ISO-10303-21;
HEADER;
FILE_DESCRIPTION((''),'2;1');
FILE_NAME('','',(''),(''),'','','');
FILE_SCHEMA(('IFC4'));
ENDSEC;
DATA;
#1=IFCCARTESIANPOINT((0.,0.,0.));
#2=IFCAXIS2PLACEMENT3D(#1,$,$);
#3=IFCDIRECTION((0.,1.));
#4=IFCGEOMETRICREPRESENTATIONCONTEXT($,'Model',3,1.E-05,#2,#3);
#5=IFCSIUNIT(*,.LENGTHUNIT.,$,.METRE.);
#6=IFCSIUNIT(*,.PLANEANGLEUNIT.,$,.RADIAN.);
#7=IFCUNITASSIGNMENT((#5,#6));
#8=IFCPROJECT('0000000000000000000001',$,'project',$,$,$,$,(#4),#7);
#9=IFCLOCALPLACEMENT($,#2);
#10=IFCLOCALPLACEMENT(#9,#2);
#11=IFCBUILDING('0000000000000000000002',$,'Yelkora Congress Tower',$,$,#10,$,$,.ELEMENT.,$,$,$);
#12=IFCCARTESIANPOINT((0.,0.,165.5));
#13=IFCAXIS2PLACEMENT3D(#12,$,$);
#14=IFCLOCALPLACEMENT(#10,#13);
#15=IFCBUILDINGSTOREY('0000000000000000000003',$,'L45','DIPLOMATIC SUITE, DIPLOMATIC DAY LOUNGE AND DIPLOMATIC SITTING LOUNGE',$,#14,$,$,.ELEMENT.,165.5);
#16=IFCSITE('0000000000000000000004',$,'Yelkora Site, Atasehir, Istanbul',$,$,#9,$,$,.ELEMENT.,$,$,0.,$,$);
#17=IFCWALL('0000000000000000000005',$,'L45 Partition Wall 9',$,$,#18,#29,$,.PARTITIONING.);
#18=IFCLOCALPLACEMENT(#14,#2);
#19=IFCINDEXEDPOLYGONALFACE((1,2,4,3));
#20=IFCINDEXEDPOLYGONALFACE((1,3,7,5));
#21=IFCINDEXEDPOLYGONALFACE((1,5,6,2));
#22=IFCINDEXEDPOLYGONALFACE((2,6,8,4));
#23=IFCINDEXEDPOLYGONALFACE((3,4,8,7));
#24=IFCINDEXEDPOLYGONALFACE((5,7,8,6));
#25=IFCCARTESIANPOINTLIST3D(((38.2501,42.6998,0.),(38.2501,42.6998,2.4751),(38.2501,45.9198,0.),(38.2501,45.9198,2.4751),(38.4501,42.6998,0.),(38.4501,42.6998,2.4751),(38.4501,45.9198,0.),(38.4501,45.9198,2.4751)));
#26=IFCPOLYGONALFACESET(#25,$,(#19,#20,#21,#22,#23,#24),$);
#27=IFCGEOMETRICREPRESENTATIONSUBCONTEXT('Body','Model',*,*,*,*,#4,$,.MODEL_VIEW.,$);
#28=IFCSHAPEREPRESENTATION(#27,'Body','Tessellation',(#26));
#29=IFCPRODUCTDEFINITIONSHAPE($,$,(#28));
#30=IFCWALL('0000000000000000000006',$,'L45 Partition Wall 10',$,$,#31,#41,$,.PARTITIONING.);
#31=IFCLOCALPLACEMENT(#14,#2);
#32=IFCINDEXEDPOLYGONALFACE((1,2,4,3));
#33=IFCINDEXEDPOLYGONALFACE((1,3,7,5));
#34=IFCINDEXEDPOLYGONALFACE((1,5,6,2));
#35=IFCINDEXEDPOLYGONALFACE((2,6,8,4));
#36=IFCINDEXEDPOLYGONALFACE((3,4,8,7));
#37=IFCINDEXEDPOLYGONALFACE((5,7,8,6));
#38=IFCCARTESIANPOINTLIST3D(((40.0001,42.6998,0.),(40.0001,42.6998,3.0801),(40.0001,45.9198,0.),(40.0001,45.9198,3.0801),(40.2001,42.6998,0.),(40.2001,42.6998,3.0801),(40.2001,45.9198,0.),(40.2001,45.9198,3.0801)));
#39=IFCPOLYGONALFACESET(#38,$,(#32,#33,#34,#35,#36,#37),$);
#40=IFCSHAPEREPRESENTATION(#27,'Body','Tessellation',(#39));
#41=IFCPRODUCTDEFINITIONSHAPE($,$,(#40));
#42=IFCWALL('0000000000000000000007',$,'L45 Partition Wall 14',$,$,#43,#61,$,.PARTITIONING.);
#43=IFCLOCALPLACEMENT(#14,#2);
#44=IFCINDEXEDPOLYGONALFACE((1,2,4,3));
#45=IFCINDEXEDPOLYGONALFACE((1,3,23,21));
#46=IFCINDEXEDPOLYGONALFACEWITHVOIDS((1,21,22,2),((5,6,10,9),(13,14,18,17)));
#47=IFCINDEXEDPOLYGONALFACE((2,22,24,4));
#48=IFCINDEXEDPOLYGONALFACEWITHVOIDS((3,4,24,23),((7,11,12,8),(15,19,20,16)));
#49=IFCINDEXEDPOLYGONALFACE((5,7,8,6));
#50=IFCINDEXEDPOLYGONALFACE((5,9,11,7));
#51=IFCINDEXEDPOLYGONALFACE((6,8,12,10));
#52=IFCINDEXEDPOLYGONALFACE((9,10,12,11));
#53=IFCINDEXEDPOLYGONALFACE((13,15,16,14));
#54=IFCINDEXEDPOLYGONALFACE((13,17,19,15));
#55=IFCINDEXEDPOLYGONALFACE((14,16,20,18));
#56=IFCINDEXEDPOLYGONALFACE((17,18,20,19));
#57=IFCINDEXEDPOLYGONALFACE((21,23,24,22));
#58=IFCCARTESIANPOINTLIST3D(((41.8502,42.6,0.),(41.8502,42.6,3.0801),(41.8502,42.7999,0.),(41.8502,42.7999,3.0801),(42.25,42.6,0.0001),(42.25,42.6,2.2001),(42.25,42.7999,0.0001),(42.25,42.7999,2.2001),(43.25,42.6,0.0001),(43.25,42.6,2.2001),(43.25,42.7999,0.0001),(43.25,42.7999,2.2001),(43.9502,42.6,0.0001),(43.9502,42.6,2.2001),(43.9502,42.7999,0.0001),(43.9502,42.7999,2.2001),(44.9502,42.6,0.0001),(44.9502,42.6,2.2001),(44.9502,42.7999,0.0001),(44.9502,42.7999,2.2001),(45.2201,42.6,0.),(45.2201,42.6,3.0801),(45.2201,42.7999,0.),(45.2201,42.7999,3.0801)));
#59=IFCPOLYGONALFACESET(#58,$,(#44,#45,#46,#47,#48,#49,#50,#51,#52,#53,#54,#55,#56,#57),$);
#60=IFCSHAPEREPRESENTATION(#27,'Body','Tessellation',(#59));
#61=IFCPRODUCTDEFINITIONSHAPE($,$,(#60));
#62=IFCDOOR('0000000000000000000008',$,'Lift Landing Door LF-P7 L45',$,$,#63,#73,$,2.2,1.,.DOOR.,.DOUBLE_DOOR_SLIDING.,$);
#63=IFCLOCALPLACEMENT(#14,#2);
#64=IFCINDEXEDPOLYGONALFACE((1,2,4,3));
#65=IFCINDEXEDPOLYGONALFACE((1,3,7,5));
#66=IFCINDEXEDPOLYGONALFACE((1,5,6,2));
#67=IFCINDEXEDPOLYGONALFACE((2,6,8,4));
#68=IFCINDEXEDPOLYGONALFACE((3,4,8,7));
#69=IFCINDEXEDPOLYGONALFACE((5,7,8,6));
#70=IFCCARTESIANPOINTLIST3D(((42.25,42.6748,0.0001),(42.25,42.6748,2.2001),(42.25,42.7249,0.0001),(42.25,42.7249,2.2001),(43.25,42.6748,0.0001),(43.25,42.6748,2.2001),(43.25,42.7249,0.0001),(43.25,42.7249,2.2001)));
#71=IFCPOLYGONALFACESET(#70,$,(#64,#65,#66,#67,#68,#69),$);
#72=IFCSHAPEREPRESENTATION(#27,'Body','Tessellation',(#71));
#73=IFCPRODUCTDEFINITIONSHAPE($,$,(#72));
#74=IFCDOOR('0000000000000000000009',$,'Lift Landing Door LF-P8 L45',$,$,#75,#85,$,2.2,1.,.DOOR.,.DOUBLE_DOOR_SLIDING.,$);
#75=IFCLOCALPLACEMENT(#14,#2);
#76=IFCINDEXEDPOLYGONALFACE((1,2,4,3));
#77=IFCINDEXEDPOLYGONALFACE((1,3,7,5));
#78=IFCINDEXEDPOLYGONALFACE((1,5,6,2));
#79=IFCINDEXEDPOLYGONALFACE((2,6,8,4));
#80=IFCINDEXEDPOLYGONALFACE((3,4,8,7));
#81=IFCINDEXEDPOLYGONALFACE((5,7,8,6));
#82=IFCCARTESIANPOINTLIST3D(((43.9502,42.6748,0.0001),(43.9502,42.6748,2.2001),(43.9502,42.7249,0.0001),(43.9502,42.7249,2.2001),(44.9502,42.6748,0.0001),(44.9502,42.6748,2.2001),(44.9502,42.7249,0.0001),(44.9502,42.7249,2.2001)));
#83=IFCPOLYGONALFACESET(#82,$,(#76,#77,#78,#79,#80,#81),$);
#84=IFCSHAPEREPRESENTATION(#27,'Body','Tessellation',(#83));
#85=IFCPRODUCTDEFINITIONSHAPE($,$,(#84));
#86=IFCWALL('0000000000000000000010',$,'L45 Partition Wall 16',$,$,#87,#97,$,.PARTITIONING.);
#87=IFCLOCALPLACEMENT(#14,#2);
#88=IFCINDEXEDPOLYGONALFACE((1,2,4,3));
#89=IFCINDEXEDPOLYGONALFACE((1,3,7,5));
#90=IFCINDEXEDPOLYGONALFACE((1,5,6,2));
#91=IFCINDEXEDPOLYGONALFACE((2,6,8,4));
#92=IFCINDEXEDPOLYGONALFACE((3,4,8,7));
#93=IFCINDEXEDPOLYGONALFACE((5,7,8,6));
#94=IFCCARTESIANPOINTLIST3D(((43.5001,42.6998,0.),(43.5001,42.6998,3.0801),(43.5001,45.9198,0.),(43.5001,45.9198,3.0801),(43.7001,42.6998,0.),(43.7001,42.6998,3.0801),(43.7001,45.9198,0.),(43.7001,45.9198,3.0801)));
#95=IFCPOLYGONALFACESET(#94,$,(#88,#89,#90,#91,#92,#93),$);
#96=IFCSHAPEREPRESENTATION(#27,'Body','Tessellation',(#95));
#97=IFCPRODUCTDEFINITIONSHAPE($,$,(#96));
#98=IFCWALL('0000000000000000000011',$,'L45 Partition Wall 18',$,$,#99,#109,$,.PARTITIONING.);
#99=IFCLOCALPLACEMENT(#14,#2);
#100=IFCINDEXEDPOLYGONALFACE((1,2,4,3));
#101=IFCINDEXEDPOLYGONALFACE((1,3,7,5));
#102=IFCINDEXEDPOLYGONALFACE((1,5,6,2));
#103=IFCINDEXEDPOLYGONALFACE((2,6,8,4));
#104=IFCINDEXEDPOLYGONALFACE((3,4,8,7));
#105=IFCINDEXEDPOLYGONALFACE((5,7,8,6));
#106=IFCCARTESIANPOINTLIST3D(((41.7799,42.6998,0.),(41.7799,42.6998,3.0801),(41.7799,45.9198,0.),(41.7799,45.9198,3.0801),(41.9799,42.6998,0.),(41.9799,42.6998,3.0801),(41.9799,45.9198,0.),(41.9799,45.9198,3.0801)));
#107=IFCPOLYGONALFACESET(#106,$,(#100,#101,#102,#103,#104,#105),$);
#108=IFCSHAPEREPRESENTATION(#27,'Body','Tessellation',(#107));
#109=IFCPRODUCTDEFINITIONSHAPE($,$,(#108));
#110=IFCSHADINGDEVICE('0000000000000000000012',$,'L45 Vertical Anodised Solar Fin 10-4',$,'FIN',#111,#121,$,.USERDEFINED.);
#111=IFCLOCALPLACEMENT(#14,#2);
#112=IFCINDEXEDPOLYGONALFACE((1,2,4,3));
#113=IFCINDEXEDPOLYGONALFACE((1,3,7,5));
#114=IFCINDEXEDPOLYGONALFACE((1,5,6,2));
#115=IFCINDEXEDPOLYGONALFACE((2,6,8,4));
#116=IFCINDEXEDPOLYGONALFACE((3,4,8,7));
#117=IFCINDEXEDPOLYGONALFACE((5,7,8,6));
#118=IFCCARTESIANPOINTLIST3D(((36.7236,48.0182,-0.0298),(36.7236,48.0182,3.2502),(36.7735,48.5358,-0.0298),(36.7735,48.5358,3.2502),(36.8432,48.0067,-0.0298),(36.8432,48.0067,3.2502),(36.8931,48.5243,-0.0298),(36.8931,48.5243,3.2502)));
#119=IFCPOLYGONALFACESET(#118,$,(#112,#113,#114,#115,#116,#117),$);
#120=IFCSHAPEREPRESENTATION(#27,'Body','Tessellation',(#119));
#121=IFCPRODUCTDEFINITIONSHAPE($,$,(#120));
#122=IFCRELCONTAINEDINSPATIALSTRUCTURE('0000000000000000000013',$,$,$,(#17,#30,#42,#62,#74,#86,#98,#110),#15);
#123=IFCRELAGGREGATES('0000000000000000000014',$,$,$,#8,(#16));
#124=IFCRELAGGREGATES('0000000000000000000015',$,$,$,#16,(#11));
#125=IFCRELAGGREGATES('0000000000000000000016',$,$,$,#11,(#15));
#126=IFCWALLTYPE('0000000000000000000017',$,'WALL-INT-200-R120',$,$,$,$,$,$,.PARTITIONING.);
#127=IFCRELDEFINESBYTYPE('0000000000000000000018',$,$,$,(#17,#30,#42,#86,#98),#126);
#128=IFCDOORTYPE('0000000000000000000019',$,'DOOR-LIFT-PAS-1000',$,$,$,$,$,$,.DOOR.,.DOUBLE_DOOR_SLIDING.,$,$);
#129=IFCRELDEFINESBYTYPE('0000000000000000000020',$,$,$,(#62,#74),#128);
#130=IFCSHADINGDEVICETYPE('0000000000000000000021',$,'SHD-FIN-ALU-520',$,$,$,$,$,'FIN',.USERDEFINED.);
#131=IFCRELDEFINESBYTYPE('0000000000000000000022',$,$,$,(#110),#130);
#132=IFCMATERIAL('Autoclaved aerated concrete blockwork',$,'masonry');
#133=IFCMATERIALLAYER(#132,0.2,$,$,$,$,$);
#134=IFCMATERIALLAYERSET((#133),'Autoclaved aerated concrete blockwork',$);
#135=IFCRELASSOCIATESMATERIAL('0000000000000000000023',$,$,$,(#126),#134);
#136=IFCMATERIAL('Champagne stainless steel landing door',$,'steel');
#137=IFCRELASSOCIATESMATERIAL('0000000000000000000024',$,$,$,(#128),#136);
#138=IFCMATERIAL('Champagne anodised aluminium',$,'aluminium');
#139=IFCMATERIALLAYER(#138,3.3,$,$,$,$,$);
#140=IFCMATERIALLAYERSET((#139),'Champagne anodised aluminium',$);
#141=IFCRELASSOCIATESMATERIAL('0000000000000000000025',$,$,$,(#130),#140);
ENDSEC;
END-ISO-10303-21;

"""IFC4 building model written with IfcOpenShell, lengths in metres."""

from ifc_helpers import new_model, si_unit, direction, frame, frame_2d, origin, origin_2d, place, context, subcontext, project, spatial, rectangle, extrude, material, layer, layer_set, type_object, element, fill, save


model = new_model("IFC4")

# Units and contexts
model_context = context("Model", 3, precision=1e-05, world=origin(), true_north=direction((0.0, 1.0)))
body_context = subcontext(model_context, "Body", "Model", "MODEL_VIEW")
ifc_project = project(units=[si_unit("LENGTHUNIT", "METRE"), si_unit("PLANEANGLEUNIT", "RADIAN")], contexts=[model_context])

# Site, building, storey
site_placement = place(None, origin())
site = spatial("IfcSite", under=ifc_project, at=site_placement, Name="Yelkora Site, Atasehir, Istanbul", CompositionType="ELEMENT", RefElevation=0.0)
building_placement = place(site_placement, origin())
building = spatial("IfcBuilding", under=site, at=building_placement, Name="Yelkora Congress Tower", CompositionType="ELEMENT")
storey_placement = place(building_placement, frame((0.0, 0.0, 165.5)))
storey = spatial("IfcBuildingStorey", under=building, at=storey_placement, Name="L45", Description="DIPLOMATIC SUITE, DIPLOMATIC DAY LOUNGE AND DIPLOMATIC SITTING LOUNGE", CompositionType="ELEMENT", Elevation=165.5)

# Walls
ifc_material_1 = material(Name="Autoclaved aerated concrete blockwork", Category="masonry")
ifc_layer_1 = layer(ifc_material_1, 0.2)
ifc_layer_set_1 = layer_set([ifc_layer_1], Name="Autoclaved aerated concrete blockwork")
wall_type = type_object("IfcWallType", Name="WALL-INT-200-R120", PredefinedType="PARTITIONING", material=ifc_layer_set_1)
wall_1_placement = place(storey_placement, frame((38.3501, 42.7, 0.0), z_axis=(0.0, 0.0, 1.0), x_axis=(0.0, 1.0, 0.0)))
element("IfcWall", 1, at=wall_1_placement, inside=storey, type_object=wall_type, Name="L45 Partition Wall 9", PredefinedType="PARTITIONING", context=body_context, shape_type="SweptSolid", body=[
    extrude(rectangle(XDim=3.22, YDim=0.2, at=frame_2d((1.6099, 0.0))), origin(), (0.0, 0.0, 1.0), 2.4751),
])
wall_2_placement = place(storey_placement, frame((40.1001, 42.7, 0.0), z_axis=(0.0, 0.0, 1.0), x_axis=(0.0, 1.0, 0.0)))
element("IfcWall", 2, at=wall_2_placement, inside=storey, type_object=wall_type, Name="L45 Partition Wall 10", PredefinedType="PARTITIONING", context=body_context, shape_type="SweptSolid", body=[
    extrude(rectangle(XDim=3.22, YDim=0.2, at=frame_2d((1.6099, 0.0))), origin(), (0.0, 0.0, 1.0), 3.0801),
])

# Wall, openings, doors
wall_3_placement = place(storey_placement, frame((41.8501, 42.7, 0.0), z_axis=(0.0, 0.0, 1.0), x_axis=(1.0, 0.0, 0.0)))
wall_3 = element("IfcWall", 3, at=wall_3_placement, inside=storey, type_object=wall_type, Name="L45 Partition Wall 14", PredefinedType="PARTITIONING", context=body_context, shape_type="SweptSolid", body=[
    extrude(rectangle(XDim=3.3699, YDim=0.2, at=frame_2d((1.6851, 0.0))), origin(), (0.0, 0.0, 1.0), 3.0801),
])
opening_1_placement = place(wall_3_placement, frame((0.3999, 0.0, 0.0)))
opening_1 = element("IfcOpeningElement", 4, at=opening_1_placement, cuts=wall_3, PredefinedType="OPENING", context=body_context, shape_type="SweptSolid", body=[
    extrude(rectangle(XDim=1.0, YDim=2.2, at=frame_2d((0.5, 1.1001))), frame((0.0, 0.1099, 0.0), z_axis=(0.0, -1.0, 0.0), x_axis=(1.0, 0.0, 0.0)), (0.0, 0.0, 1.0), 0.22),
])
opening_2_placement = place(wall_3_placement, frame((2.1001, 0.0, 0.0)))
opening_2 = element("IfcOpeningElement", 5, at=opening_2_placement, cuts=wall_3, PredefinedType="OPENING", context=body_context, shape_type="SweptSolid", body=[
    extrude(rectangle(XDim=1.0, YDim=2.2, at=frame_2d((0.5, 1.1001))), frame((0.0, 0.1099, 0.0), z_axis=(0.0, -1.0, 0.0), x_axis=(1.0, 0.0, 0.0)), (0.0, 0.0, 1.0), 0.22),
])
ifc_material_2 = material(Name="Champagne stainless steel landing door", Category="steel")
door_type = type_object("IfcDoorType", Name="DOOR-LIFT-PAS-1000", OperationType="DOUBLE_DOOR_SLIDING", PredefinedType="DOOR", material=ifc_material_2)
door_1_placement = place(opening_1_placement, origin())
door_1 = element("IfcDoor", 6, at=door_1_placement, inside=storey, type_object=door_type, Name="Lift Landing Door LF-P7 L45", OperationType="DOUBLE_DOOR_SLIDING", OverallHeight=2.2, OverallWidth=1.0, PredefinedType="DOOR", context=body_context, shape_type="SweptSolid", body=[
    extrude(rectangle(XDim=1.0, YDim=2.2, at=frame_2d((0.5, 1.1001))), frame((0.0, 0.0249, 0.0), z_axis=(0.0, -1.0, 0.0), x_axis=(1.0, 0.0, 0.0)), (0.0, 0.0, 1.0), 0.05),
])
fill(opening_1, door_1)
door_2_placement = place(opening_2_placement, origin())
door_2 = element("IfcDoor", 7, at=door_2_placement, inside=storey, type_object=door_type, Name="Lift Landing Door LF-P8 L45", OperationType="DOUBLE_DOOR_SLIDING", OverallHeight=2.2, OverallWidth=1.0, PredefinedType="DOOR", context=body_context, shape_type="SweptSolid", body=[
    extrude(rectangle(XDim=1.0, YDim=2.2, at=frame_2d((0.5, 1.1001))), frame((0.0, 0.0249, 0.0), z_axis=(0.0, -1.0, 0.0), x_axis=(1.0, 0.0, 0.0)), (0.0, 0.0, 1.0), 0.05),
])
fill(opening_2, door_2)

# Walls
for number, where, z_axis, x_axis, name in (
    (8, (43.6001, 42.7, 0.0), (0.0, 0.0, 1.0), (0.0, 1.0, 0.0), "L45 Partition Wall 16"),
    (9, (41.8799, 42.7, 0.0), (0.0, 0.0, 1.0), (0.0, 1.0, 0.0), "L45 Partition Wall 18"),
):
    element("IfcWall", number, at=place(storey_placement, frame(where, z_axis=z_axis, x_axis=x_axis)), inside=storey, type_object=wall_type, Name=name, PredefinedType="PARTITIONING", context=body_context, shape_type="SweptSolid", body=[
        extrude(rectangle(XDim=3.22, YDim=0.2, at=frame_2d((1.6099, 0.0))), origin(), (0.0, 0.0, 1.0), 3.0801),
    ])

# Shading device
ifc_material_3 = material(Name="Champagne anodised aluminium", Category="aluminium")
ifc_layer_2 = layer(ifc_material_3, 3.3)
ifc_layer_set_2 = layer_set([ifc_layer_2], Name="Champagne anodised aluminium")
shading_device_type = type_object("IfcShadingDeviceType", Name="SHD-FIN-ALU-520", ElementType="FIN", PredefinedType="USERDEFINED", material=ifc_layer_set_2)
shading_device_placement = place(storey_placement, frame((36.8083, 48.2712, -0.0298), z_axis=(0.0, 0.0, 1.0), x_axis=(0.995396, -0.095846, 0.0)))
element("IfcShadingDevice", 10, at=shading_device_placement, inside=storey, type_object=shading_device_type, Name="L45 Vertical Anodised Solar Fin 10-4", ObjectType="FIN", PredefinedType="USERDEFINED", context=body_context, shape_type="SweptSolid", body=[
    extrude(rectangle(XDim=0.1201, YDim=0.52, at=origin_2d()), origin(), (0.0, 0.0, 1.0), 3.28),
])

save(model, "model.ifc")
